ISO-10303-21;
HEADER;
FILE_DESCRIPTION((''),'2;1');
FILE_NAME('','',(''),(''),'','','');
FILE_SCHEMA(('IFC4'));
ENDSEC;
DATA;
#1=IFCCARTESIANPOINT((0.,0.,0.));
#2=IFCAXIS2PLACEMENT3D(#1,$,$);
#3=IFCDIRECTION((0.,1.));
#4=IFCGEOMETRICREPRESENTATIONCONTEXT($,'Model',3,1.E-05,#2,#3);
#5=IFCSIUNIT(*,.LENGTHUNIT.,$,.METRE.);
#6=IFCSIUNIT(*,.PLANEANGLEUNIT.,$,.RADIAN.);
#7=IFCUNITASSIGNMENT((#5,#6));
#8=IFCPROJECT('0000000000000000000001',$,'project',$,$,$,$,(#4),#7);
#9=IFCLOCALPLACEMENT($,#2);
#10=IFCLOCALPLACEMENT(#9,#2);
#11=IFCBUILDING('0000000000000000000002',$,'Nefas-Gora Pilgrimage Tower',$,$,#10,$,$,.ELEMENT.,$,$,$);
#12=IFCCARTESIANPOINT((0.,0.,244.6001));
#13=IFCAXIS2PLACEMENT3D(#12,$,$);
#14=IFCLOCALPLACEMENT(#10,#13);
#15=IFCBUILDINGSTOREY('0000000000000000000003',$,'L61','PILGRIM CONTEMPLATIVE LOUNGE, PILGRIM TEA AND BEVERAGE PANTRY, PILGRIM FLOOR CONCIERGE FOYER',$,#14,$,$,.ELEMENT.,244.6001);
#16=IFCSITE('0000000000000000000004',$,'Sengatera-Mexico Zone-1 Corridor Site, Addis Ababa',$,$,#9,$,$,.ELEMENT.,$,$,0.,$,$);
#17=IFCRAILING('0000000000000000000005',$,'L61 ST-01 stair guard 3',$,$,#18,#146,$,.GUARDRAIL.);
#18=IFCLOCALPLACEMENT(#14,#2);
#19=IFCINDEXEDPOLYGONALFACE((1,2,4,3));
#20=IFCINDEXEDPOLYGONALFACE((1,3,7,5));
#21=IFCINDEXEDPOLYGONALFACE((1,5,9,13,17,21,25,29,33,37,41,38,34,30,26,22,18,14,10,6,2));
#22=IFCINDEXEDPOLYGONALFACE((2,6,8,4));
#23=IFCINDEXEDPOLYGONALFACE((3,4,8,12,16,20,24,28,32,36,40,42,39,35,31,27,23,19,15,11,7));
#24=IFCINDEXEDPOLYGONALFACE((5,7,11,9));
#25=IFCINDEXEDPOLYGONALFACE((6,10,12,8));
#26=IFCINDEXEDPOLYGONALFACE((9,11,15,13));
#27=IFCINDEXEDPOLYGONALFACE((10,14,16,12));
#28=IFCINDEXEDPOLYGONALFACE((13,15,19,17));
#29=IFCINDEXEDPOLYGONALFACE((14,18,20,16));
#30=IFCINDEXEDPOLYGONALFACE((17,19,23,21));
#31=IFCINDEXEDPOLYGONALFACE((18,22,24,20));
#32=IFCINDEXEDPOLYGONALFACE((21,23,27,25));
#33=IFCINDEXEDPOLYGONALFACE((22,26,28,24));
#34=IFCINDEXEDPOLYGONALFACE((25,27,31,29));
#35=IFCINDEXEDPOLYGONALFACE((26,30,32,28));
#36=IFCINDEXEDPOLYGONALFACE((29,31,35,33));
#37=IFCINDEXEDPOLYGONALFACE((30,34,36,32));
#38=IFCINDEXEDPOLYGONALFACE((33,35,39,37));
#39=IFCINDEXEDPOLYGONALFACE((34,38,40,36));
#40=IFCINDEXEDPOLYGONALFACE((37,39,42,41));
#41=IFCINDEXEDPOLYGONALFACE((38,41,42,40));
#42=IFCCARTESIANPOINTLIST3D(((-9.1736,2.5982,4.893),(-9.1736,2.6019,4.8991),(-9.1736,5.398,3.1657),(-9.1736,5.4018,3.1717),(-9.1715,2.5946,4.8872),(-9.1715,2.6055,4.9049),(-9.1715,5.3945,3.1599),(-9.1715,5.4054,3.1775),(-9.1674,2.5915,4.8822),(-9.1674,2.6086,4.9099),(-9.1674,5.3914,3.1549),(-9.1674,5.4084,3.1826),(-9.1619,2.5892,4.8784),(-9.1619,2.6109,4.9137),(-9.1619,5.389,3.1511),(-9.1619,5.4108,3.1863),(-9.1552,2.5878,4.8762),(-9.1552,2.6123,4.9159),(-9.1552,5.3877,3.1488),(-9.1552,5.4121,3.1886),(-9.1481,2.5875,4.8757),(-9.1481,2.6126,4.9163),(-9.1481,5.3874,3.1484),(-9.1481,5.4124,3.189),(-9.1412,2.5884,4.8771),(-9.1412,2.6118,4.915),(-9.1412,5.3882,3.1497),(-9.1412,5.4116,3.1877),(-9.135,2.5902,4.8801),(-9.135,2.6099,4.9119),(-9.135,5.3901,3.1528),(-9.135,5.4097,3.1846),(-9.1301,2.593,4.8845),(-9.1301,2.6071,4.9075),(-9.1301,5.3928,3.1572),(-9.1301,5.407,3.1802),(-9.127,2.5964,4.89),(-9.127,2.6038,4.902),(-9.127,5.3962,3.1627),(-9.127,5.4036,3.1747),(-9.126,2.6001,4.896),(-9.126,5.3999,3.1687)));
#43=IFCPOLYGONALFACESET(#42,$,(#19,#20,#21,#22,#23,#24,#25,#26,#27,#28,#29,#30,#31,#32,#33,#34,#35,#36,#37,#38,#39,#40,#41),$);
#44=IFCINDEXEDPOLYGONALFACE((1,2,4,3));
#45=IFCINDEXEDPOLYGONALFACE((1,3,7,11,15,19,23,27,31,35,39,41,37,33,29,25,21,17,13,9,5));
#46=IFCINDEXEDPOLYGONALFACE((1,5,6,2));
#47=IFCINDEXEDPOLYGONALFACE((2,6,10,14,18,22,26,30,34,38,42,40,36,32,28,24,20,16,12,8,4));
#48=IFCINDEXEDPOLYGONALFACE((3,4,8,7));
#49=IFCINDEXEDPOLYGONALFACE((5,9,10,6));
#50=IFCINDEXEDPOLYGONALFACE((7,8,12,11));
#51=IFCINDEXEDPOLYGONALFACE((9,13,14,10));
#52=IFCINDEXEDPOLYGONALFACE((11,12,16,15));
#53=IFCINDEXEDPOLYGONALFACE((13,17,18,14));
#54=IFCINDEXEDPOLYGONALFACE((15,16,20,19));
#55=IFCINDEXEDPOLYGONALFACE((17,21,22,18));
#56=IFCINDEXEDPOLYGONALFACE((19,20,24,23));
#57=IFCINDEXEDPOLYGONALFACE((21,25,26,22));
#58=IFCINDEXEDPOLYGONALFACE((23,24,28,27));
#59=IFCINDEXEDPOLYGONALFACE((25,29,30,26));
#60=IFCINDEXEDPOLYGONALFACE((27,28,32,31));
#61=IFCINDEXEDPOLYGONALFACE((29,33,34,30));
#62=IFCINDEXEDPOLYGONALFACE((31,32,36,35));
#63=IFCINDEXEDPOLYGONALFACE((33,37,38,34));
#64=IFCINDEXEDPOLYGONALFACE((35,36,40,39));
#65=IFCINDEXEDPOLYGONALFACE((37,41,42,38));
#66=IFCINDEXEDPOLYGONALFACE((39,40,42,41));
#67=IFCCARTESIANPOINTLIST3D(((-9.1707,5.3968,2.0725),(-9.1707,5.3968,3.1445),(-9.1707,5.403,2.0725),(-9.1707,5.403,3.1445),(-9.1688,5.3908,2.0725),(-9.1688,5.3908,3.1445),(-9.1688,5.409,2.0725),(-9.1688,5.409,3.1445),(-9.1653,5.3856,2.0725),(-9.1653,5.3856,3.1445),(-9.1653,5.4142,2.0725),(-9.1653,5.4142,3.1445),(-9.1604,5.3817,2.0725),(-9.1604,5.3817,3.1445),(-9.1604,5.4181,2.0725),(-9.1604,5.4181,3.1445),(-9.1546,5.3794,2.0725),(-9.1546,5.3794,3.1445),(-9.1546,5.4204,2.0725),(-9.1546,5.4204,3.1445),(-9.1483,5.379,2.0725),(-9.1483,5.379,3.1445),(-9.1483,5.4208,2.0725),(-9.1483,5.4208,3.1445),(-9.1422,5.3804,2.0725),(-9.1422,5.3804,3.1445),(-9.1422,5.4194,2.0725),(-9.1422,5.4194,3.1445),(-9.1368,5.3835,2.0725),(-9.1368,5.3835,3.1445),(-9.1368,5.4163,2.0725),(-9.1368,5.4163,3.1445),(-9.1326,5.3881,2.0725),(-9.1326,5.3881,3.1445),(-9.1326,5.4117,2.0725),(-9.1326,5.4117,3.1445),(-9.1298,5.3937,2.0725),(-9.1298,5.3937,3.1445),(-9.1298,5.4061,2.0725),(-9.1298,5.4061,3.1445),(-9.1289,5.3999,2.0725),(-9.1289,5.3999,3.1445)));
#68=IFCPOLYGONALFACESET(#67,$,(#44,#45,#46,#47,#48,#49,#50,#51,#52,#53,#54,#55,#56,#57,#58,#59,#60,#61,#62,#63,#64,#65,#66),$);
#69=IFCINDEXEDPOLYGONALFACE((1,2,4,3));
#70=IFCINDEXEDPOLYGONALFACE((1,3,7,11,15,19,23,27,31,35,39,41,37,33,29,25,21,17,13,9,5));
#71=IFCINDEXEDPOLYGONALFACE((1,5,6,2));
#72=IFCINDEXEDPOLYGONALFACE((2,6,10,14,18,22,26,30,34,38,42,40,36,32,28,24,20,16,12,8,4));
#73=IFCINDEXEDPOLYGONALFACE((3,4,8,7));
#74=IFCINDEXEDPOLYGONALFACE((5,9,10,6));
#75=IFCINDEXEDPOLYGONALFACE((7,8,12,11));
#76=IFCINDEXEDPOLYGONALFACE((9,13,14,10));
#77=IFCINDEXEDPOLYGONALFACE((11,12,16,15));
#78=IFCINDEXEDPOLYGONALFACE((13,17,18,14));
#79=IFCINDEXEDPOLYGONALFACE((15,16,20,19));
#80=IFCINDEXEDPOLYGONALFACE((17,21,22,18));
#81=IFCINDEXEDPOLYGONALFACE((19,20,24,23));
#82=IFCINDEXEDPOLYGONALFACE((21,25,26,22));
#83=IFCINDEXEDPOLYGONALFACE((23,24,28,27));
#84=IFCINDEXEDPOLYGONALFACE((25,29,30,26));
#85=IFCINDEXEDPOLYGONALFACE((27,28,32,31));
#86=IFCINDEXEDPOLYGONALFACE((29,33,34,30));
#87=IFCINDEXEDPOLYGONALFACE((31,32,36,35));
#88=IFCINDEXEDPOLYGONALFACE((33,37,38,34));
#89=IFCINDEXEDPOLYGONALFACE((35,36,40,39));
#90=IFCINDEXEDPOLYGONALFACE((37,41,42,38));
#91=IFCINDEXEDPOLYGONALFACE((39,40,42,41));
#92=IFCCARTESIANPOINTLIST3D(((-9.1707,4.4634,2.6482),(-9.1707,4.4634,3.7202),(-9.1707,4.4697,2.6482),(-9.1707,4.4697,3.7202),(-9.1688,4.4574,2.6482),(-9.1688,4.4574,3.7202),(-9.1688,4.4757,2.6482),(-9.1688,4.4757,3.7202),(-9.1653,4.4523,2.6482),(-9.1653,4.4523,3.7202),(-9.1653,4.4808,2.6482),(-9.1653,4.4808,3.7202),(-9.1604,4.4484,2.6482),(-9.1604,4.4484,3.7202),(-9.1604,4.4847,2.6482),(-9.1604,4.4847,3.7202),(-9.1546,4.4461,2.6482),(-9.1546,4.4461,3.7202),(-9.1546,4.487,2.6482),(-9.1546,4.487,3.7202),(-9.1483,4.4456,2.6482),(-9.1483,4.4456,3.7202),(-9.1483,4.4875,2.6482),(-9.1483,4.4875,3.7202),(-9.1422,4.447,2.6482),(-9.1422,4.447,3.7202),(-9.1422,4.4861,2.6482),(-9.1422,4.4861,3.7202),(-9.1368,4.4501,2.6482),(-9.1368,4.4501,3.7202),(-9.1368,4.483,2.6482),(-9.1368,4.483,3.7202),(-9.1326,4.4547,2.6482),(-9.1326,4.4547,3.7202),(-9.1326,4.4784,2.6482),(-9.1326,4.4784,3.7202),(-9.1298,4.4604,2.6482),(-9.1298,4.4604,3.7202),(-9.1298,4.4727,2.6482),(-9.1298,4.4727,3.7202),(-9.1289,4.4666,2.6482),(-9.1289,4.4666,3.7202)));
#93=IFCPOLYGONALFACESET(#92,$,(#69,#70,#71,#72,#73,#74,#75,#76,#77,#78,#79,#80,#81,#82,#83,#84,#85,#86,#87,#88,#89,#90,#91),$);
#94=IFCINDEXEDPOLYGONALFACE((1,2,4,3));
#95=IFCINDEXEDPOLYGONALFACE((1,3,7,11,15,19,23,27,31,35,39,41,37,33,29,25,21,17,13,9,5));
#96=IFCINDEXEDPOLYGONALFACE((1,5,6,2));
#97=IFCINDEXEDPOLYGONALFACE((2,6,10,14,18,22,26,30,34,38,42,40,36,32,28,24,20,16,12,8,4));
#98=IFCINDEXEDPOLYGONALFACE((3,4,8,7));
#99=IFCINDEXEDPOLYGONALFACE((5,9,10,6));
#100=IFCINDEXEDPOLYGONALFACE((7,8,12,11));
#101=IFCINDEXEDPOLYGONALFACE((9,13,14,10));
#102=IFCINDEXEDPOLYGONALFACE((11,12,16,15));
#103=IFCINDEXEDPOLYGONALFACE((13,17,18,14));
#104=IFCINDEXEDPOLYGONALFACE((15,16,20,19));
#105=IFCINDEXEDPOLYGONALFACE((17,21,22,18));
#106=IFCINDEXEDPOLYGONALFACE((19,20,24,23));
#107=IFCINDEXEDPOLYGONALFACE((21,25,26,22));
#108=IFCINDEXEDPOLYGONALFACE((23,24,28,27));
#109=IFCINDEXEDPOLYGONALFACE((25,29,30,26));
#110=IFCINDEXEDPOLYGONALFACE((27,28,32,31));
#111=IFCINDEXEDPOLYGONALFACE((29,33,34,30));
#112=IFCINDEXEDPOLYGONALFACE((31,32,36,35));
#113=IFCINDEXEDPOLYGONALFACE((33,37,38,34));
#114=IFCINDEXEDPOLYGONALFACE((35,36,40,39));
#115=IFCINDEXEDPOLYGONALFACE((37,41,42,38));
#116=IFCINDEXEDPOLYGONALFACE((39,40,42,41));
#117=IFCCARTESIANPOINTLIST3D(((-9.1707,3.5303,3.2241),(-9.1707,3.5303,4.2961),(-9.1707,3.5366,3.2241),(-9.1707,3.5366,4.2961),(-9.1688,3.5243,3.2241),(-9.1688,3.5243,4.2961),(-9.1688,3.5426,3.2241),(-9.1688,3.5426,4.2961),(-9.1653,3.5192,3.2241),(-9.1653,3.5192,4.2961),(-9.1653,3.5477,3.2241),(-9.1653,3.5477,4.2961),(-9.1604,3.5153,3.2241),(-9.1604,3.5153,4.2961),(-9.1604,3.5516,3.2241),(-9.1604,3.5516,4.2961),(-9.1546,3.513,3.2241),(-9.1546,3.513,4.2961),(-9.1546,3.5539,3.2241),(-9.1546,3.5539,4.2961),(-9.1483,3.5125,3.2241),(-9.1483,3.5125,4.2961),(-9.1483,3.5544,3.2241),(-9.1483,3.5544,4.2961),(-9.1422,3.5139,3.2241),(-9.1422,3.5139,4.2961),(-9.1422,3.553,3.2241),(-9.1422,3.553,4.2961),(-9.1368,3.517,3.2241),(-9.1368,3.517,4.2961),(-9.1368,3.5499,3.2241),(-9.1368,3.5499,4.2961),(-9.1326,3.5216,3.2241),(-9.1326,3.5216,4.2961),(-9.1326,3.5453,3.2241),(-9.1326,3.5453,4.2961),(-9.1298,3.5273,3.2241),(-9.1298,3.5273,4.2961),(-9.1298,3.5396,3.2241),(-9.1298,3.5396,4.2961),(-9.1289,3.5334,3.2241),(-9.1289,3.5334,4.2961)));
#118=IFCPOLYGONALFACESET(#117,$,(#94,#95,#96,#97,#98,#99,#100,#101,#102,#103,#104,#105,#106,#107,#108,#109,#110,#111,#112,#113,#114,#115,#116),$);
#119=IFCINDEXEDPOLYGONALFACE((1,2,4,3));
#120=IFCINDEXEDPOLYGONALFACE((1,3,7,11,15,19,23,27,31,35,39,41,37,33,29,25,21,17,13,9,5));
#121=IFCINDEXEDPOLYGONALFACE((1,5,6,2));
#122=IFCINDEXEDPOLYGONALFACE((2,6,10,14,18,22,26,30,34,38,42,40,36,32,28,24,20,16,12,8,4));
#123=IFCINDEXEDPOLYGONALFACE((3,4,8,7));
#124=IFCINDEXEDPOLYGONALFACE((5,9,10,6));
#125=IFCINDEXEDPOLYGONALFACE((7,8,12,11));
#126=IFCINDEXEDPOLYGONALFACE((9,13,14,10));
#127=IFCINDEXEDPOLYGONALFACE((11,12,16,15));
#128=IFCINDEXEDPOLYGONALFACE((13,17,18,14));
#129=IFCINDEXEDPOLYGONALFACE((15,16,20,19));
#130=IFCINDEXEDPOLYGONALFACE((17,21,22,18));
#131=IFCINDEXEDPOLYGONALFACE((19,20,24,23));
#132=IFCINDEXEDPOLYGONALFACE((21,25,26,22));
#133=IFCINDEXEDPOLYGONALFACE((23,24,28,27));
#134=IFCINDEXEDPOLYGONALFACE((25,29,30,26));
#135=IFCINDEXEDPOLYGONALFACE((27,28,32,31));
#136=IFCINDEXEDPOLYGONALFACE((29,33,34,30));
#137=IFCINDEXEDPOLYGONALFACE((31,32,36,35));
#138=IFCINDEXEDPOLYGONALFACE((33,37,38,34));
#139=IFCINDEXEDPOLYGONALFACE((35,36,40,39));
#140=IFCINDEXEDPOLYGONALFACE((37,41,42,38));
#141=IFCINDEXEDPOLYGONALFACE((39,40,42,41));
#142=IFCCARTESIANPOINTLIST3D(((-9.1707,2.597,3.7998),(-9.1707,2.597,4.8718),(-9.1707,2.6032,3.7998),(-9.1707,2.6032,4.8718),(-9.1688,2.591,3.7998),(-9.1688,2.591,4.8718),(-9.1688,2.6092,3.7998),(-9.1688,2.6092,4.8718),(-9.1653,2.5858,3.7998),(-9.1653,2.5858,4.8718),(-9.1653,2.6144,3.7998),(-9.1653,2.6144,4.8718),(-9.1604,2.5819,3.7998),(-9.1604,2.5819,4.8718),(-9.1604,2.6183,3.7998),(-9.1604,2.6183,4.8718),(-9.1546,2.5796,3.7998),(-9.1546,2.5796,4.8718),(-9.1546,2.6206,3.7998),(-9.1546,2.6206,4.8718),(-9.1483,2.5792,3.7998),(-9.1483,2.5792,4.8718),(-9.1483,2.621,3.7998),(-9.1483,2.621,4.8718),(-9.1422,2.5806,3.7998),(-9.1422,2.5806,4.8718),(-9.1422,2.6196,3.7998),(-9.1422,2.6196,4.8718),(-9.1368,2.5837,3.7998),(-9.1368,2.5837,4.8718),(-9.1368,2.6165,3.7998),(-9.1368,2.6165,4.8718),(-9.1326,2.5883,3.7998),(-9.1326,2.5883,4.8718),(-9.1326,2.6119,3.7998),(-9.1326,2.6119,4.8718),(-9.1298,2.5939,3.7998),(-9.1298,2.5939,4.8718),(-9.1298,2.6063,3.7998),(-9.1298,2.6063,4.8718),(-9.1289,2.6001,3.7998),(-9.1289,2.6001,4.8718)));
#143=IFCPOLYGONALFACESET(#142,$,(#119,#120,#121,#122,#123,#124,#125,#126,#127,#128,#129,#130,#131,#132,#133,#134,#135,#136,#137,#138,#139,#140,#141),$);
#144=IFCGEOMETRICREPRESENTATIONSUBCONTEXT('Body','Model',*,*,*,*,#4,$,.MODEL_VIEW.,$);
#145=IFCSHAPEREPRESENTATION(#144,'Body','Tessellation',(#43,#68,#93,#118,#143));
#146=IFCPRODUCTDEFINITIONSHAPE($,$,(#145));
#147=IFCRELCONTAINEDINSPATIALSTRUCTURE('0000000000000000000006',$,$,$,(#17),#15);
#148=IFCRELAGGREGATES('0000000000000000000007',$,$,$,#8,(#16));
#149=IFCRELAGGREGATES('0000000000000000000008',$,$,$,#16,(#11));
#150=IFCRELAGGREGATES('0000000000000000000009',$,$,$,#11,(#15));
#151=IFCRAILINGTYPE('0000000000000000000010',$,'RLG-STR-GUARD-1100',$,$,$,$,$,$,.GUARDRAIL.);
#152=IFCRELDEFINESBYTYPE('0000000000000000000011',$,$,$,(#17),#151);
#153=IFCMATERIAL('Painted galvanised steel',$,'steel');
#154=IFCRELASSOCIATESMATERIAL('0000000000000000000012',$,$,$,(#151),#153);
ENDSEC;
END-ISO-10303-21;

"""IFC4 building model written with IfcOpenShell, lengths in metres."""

from ifc_helpers import new_model, si_unit, direction, frame, origin, origin_2d, place, context, subcontext, project, spatial, circle, extrude, material, type_object, element, save


model = new_model("IFC4")

# Units and contexts
model_context = context("Model", 3, precision=1e-05, world=origin(), true_north=direction((0.0, 1.0)))
body_context = subcontext(model_context, "Body", "Model", "MODEL_VIEW")
ifc_project = project(units=[si_unit("LENGTHUNIT", "METRE"), si_unit("PLANEANGLEUNIT", "RADIAN")], contexts=[model_context])

# Site, building, storey
site_placement = place(None, origin())
site = spatial("IfcSite", under=ifc_project, at=site_placement, Name="Sengatera-Mexico Zone-1 Corridor Site, Addis Ababa", CompositionType="ELEMENT", RefElevation=0.0)
building_placement = place(site_placement, origin())
building = spatial("IfcBuilding", under=site, at=building_placement, Name="Nefas-Gora Pilgrimage Tower", CompositionType="ELEMENT")
storey_placement = place(building_placement, frame((0.0, 0.0, 244.6001)))
storey = spatial("IfcBuildingStorey", under=building, at=storey_placement, Name="L61", Description="PILGRIM CONTEMPLATIVE LOUNGE, PILGRIM TEA AND BEVERAGE PANTRY, PILGRIM FLOOR CONCIERGE FOYER", CompositionType="ELEMENT", Elevation=244.6001)

# Railing
ifc_material_1 = material(Name="Painted galvanised steel", Category="steel")
railing_type_1 = type_object("IfcRailingType", Name="RLG-STR-GUARD-1100", PredefinedType="GUARDRAIL", material=ifc_material_1)
railing_1_placement = place(storey_placement, frame((-9.1499, 5.3999, 2.0725)))
element("IfcRailing", 1, at=railing_1_placement, inside=storey, type_object=railing_type_1, Name="L61 ST-01 stair guard 3", PredefinedType="GUARDRAIL", context=body_context, shape_type="SweptSolid", body=[
    extrude(circle(Radius=0.0239, at=origin_2d()), frame((0.0, 0.0, 1.0962), z_axis=(0.0, -0.851069, 0.525054), x_axis=(1.0, 0.0, 0.0)), (0.0, 0.0, 1.0), 3.2898),
    extrude(circle(Radius=0.021, at=origin_2d()), origin(), (0.0, 0.0, 1.0), 1.072),
    extrude(circle(Radius=0.021, at=origin_2d()), frame((0.0, -0.9333, 0.5757)), (0.0, 0.0, 1.0), 1.072),
    extrude(circle(Radius=0.021, at=origin_2d()), frame((0.0, -1.8665, 1.1516)), (0.0, 0.0, 1.0), 1.072),
    extrude(circle(Radius=0.021, at=origin_2d()), frame((0.0, -2.7998, 1.7273)), (0.0, 0.0, 1.0), 1.072),
])

save(model, "model.ifc")
